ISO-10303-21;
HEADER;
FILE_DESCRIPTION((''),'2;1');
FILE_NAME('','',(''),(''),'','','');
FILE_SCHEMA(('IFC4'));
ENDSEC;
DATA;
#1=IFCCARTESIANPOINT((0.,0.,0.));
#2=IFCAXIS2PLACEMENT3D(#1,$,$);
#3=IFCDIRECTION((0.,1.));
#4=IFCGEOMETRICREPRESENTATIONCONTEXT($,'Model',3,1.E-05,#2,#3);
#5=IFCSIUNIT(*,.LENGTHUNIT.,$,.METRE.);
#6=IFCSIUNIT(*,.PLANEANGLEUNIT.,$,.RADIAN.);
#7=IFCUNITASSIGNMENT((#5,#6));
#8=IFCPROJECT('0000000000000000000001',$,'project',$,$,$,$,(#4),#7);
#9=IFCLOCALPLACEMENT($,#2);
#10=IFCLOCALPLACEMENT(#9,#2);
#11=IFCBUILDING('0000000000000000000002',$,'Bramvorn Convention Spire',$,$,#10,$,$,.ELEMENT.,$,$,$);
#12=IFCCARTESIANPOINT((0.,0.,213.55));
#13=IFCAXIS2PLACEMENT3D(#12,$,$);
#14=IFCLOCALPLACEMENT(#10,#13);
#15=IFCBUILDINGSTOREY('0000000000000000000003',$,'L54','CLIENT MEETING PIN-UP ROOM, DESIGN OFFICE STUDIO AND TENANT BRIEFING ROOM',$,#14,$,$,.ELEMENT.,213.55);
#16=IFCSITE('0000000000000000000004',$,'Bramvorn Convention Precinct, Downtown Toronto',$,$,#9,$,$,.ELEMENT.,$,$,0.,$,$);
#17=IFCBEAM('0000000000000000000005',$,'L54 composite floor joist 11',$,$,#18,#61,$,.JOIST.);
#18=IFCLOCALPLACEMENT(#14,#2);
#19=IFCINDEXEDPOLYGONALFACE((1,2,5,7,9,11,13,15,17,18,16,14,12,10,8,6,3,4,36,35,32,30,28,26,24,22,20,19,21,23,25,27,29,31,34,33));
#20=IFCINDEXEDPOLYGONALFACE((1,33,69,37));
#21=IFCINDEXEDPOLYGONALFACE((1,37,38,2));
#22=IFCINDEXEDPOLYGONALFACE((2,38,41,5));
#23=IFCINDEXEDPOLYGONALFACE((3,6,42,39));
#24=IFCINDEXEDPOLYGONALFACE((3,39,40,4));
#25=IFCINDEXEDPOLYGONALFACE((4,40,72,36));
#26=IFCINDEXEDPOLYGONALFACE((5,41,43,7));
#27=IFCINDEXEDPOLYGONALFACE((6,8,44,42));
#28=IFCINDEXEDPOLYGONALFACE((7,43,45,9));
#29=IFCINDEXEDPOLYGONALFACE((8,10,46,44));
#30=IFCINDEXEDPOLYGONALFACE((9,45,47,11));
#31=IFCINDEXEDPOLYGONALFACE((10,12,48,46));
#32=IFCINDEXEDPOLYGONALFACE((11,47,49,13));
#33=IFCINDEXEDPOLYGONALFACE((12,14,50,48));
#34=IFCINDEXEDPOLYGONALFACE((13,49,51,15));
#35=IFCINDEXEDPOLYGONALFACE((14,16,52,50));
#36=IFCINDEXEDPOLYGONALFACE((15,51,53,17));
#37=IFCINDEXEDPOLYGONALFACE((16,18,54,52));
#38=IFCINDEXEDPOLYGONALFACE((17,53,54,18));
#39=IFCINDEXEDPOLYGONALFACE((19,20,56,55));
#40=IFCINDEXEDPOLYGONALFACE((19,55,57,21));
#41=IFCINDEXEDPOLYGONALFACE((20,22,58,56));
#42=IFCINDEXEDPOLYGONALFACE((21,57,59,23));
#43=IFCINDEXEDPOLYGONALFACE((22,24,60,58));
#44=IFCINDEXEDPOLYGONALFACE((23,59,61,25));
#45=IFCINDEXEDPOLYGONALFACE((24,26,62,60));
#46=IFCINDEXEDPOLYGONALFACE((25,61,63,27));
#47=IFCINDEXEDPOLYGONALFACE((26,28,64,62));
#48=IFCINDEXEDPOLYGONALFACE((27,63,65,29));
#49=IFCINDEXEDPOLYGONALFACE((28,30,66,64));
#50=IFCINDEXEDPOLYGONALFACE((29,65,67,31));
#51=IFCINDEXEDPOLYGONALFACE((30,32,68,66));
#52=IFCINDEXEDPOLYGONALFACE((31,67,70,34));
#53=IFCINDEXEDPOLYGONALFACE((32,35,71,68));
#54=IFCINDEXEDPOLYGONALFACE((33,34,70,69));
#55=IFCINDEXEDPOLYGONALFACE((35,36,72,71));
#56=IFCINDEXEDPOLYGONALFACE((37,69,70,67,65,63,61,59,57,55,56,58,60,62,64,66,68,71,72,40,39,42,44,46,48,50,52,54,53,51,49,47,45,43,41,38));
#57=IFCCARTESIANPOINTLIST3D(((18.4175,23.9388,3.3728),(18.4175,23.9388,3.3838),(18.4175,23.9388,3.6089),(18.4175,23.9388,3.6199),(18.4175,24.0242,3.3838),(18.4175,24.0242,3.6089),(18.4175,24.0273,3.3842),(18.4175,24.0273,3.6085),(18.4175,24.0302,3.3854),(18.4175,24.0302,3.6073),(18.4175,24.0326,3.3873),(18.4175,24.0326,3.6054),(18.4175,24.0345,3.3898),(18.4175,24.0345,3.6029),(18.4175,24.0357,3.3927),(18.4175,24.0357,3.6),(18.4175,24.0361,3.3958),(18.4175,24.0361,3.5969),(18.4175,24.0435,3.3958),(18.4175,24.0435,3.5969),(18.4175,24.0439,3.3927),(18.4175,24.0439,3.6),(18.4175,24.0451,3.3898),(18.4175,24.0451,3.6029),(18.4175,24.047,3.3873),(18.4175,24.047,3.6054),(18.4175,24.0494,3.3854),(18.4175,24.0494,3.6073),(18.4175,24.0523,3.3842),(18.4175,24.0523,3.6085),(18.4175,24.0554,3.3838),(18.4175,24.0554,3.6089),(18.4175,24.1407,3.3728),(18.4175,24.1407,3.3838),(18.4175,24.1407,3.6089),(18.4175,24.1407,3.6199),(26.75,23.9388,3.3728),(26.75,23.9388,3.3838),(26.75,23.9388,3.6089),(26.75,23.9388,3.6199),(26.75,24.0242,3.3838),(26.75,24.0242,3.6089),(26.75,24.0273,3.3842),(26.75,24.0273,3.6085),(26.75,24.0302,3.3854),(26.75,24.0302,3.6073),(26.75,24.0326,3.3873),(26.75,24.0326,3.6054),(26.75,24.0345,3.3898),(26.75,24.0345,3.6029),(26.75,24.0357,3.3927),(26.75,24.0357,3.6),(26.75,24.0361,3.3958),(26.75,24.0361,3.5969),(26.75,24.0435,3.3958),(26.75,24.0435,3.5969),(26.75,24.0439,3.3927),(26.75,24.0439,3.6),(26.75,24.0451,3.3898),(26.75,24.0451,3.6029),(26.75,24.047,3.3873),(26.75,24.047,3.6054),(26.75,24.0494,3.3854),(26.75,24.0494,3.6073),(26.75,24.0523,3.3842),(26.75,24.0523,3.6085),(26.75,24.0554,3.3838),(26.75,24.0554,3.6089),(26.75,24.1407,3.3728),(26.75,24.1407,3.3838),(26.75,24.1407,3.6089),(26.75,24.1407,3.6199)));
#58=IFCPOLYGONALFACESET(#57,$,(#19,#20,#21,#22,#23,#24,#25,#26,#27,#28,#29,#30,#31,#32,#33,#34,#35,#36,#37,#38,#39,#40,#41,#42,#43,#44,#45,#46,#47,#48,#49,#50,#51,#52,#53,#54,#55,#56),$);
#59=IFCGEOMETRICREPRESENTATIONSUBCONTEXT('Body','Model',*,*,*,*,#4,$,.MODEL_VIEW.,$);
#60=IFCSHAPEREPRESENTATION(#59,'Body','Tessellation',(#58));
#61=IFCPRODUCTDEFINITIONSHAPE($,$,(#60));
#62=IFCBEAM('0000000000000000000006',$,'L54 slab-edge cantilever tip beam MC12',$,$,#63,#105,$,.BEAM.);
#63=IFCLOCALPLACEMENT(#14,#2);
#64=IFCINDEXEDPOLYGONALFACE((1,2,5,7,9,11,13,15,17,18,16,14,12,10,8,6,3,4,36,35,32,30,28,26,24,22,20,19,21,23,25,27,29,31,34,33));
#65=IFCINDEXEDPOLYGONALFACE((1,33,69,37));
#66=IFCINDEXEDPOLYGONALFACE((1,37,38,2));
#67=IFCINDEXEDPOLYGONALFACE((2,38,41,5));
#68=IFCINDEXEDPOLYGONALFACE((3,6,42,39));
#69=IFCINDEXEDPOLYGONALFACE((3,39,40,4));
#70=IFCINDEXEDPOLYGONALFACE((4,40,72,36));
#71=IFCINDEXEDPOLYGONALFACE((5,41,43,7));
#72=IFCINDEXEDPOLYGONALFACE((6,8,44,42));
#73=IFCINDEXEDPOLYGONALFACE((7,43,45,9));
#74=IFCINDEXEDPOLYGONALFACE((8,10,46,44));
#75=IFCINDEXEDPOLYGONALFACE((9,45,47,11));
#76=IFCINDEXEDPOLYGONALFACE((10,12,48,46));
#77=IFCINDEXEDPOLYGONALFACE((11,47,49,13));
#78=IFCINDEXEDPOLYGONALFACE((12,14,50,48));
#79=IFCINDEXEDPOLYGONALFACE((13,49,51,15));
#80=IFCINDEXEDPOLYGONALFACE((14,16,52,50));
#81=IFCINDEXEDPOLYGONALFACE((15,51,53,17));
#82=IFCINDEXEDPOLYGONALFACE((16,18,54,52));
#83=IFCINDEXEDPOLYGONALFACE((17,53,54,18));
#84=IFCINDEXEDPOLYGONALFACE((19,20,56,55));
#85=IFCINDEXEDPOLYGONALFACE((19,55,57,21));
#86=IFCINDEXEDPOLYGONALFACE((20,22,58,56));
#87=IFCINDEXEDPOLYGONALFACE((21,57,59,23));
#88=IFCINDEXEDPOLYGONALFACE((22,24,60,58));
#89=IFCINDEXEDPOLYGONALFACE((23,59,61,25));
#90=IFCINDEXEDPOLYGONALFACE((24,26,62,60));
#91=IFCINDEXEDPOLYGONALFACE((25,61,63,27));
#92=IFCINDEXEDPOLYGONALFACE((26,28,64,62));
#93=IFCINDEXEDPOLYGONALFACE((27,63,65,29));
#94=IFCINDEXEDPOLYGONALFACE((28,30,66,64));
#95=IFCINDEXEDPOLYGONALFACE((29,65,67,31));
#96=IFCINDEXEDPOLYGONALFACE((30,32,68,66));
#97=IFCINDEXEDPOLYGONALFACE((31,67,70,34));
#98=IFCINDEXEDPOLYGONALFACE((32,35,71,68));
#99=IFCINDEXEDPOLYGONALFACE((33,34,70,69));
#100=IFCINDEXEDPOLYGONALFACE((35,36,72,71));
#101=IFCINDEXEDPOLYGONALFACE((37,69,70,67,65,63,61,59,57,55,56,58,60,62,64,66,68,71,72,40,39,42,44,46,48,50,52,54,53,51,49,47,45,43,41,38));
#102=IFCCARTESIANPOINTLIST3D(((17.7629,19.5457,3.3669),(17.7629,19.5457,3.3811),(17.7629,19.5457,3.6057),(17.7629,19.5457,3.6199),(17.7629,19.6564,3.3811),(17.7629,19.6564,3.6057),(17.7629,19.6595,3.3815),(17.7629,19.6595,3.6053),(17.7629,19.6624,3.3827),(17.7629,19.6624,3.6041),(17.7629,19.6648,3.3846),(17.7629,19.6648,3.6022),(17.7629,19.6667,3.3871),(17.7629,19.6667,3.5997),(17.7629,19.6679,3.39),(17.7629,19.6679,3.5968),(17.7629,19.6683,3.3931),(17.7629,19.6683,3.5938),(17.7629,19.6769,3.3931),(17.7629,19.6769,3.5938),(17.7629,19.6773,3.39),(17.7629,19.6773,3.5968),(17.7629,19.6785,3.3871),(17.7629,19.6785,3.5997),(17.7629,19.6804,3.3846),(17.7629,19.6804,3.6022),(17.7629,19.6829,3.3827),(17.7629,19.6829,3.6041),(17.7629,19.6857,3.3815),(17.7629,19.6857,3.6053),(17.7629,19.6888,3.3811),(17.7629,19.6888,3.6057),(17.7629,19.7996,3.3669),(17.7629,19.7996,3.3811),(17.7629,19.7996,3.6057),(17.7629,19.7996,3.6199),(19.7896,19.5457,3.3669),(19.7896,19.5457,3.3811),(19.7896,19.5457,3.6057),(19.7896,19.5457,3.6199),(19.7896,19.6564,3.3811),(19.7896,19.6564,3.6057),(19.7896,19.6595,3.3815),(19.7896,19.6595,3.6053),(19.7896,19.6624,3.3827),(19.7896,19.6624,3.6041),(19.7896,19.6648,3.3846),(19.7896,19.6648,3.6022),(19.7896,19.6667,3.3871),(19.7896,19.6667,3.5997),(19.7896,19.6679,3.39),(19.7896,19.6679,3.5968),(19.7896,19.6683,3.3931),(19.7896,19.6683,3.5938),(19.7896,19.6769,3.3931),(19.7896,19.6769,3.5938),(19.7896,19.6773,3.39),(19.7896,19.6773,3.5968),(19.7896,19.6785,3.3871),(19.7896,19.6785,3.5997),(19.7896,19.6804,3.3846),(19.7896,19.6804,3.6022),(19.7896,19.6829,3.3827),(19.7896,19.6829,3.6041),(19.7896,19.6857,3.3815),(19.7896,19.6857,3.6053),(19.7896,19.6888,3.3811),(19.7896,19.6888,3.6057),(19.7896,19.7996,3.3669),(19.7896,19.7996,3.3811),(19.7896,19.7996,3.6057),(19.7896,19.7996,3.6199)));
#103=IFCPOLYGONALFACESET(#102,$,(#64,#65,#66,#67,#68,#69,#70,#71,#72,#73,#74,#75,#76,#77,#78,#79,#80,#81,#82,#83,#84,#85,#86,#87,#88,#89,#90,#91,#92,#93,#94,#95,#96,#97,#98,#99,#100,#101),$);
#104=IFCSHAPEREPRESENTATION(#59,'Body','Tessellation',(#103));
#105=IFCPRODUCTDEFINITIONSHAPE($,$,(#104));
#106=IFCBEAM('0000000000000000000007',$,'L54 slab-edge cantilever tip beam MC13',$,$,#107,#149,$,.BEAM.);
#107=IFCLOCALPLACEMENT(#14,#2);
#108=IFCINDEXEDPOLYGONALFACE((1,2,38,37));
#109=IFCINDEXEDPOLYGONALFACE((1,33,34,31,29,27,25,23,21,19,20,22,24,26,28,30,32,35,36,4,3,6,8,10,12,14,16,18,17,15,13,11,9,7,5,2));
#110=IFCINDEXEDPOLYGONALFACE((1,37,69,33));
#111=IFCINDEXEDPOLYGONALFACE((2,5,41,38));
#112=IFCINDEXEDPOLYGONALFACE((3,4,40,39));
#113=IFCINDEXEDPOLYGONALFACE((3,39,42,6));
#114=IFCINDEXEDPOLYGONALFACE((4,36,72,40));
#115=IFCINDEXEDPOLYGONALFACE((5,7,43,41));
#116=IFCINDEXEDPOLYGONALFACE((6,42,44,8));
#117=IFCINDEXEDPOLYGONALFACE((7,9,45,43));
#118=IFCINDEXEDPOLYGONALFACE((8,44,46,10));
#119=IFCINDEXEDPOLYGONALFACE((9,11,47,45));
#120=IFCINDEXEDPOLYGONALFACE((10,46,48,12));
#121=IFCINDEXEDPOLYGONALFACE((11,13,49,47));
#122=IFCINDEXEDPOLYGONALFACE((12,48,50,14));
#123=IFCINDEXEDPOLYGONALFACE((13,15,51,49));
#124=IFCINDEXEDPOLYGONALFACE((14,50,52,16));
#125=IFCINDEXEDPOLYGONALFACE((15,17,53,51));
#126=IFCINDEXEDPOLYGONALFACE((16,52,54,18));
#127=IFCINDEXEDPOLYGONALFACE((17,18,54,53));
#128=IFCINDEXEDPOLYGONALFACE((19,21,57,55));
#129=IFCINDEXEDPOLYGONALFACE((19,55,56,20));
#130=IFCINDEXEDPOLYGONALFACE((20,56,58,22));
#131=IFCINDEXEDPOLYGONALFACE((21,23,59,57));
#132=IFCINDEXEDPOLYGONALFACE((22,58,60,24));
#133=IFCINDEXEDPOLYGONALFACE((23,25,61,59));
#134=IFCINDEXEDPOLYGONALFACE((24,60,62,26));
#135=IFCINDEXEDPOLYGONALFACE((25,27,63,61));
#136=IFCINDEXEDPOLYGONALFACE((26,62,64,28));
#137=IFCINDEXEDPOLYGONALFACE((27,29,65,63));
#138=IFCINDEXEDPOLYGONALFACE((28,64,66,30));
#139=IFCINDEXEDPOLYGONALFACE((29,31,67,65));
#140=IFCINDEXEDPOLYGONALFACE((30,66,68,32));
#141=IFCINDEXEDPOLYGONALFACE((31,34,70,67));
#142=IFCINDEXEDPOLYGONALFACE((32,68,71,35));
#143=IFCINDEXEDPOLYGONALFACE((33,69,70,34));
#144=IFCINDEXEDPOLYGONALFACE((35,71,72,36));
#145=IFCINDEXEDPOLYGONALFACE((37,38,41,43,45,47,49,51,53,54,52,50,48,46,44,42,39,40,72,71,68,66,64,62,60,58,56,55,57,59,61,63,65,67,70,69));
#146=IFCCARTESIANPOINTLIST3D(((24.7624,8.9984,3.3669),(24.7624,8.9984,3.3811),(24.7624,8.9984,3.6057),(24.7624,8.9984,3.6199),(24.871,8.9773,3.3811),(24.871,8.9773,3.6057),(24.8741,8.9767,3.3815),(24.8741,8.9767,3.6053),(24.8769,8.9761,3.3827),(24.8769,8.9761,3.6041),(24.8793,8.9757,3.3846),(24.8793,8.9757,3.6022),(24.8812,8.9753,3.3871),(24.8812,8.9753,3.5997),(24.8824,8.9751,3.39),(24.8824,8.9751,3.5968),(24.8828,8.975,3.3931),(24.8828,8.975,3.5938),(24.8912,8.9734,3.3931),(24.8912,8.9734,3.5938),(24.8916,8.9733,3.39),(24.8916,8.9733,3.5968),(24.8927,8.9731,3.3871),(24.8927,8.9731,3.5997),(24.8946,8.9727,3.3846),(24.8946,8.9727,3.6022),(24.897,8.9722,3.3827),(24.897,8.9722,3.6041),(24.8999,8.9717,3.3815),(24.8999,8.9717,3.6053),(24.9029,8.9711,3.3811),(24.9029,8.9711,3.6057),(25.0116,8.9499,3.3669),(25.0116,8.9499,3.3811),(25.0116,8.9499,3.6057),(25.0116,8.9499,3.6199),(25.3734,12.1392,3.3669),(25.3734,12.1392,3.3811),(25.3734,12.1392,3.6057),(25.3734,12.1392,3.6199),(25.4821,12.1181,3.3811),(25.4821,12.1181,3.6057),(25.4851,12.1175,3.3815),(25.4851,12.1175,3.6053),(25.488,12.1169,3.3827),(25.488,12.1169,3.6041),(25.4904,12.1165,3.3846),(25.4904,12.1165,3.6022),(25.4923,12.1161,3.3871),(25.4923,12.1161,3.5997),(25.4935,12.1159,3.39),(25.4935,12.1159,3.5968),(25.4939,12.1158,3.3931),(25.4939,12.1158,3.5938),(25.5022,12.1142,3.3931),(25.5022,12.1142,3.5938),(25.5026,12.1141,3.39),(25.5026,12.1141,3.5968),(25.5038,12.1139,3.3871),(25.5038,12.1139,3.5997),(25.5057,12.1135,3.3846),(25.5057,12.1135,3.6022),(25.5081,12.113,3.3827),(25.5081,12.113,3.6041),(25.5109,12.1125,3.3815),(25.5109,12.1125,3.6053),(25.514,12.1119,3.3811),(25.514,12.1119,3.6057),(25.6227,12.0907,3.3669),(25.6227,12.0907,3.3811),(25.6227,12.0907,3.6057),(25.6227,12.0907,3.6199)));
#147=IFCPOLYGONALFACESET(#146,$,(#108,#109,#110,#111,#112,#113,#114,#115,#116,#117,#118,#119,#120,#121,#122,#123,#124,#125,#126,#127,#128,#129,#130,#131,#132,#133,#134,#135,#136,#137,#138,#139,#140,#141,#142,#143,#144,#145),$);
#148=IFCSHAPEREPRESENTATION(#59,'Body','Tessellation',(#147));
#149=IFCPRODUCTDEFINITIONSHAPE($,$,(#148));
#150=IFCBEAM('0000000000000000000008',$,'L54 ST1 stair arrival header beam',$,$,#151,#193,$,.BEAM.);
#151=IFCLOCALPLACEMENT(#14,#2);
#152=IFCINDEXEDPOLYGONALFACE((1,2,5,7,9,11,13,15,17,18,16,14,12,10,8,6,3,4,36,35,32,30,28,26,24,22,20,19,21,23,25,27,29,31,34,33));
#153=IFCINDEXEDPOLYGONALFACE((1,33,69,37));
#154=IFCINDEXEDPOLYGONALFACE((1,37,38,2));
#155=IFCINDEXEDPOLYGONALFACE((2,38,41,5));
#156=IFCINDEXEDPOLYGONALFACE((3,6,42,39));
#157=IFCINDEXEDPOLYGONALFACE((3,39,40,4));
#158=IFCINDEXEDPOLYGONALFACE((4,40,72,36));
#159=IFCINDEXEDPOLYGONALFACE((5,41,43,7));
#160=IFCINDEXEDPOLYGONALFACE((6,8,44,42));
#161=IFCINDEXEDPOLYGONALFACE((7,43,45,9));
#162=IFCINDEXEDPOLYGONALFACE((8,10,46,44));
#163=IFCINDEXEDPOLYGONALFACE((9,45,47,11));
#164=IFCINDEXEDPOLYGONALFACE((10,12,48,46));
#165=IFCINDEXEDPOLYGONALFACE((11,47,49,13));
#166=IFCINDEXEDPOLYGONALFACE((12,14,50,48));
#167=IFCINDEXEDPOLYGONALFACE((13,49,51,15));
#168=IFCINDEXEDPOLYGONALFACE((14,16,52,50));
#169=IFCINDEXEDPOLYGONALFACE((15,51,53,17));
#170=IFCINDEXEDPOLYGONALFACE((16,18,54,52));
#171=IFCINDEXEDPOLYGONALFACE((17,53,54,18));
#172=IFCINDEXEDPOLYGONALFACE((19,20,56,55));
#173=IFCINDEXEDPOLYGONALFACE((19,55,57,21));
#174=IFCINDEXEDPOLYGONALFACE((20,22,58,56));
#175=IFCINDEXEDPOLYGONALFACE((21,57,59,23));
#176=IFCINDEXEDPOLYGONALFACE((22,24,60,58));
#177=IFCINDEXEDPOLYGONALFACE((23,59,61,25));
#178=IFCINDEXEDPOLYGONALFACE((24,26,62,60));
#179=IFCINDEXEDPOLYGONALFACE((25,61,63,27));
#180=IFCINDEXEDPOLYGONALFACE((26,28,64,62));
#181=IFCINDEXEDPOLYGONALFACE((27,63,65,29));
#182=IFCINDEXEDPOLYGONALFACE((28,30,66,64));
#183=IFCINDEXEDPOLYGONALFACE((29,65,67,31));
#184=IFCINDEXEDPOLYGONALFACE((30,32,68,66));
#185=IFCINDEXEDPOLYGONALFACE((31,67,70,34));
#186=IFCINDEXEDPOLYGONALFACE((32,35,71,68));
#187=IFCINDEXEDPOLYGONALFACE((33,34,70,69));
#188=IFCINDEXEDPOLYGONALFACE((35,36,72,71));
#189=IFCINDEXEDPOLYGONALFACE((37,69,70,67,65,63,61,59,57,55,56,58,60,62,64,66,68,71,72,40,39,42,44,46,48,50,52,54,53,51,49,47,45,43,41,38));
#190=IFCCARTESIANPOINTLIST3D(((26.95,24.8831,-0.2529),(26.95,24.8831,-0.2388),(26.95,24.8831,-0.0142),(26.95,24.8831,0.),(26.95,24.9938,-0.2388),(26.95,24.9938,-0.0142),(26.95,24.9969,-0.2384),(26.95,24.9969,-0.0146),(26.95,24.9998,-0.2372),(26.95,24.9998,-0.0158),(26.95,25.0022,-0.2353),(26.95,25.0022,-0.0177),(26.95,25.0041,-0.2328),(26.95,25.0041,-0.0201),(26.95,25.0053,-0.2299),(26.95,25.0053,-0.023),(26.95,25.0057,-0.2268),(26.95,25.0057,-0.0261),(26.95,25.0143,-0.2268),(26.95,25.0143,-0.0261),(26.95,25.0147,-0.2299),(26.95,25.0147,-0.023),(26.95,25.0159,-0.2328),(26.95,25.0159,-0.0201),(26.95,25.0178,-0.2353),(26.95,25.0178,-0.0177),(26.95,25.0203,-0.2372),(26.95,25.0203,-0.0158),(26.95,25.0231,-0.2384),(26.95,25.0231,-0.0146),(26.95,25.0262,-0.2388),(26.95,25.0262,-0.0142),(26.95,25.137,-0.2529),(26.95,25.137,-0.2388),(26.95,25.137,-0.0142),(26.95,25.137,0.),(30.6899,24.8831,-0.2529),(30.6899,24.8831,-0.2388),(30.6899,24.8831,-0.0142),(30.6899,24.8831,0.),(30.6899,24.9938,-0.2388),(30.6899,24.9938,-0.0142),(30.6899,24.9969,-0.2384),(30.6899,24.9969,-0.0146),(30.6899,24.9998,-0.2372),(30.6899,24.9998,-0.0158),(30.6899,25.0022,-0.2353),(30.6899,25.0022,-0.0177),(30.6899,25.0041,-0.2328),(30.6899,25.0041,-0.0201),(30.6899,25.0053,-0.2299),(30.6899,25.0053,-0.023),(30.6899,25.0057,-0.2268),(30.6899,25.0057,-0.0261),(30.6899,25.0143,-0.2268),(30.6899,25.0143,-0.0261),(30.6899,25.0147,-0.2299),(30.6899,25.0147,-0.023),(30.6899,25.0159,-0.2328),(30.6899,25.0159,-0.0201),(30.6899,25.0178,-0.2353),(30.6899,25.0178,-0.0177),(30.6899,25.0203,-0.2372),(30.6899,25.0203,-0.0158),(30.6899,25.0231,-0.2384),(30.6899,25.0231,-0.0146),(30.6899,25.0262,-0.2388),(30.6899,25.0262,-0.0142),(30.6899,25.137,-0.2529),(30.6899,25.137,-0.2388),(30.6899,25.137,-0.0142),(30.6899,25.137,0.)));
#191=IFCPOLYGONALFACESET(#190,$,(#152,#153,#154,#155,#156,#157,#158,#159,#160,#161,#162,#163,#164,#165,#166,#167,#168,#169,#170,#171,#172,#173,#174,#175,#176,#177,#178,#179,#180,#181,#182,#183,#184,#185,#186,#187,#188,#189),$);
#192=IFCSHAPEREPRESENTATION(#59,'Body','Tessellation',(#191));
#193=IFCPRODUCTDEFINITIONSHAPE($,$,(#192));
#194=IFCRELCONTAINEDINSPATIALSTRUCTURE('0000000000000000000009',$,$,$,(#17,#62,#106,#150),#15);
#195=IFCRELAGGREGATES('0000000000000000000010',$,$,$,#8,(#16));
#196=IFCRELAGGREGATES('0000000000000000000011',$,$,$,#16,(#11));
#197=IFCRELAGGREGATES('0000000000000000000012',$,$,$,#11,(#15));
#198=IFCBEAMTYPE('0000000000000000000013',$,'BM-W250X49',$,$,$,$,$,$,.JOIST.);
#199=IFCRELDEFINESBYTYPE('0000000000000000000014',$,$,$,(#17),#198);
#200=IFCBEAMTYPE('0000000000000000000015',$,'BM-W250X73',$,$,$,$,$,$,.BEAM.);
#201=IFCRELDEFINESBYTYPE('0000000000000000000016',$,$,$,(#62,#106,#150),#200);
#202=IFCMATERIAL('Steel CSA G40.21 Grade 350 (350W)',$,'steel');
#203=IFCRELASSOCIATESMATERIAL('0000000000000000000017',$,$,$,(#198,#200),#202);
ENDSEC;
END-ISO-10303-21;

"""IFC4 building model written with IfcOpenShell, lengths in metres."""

from ifc_helpers import new_model, si_unit, direction, frame, origin, origin_2d, place, context, subcontext, project, spatial, i_section, extrude, material, material_profile, profile_set, type_object, element, save


model = new_model("IFC4")

# Units and contexts
model_context = context("Model", 3, precision=1e-05, world=origin(), true_north=direction((0.0, 1.0)))
body_context = subcontext(model_context, "Body", "Model", "MODEL_VIEW")
ifc_project = project(units=[si_unit("LENGTHUNIT", "METRE"), si_unit("PLANEANGLEUNIT", "RADIAN")], contexts=[model_context])

# Site, building, storey
site_placement = place(None, origin())
site = spatial("IfcSite", under=ifc_project, at=site_placement, Name="Bramvorn Convention Precinct, Downtown Toronto", CompositionType="ELEMENT", RefElevation=0.0)
building_placement = place(site_placement, origin())
building = spatial("IfcBuilding", under=site, at=building_placement, Name="Bramvorn Convention Spire", CompositionType="ELEMENT")
storey_placement = place(building_placement, frame((0.0, 0.0, 213.55)))
storey = spatial("IfcBuildingStorey", under=building, at=storey_placement, Name="L54", Description="CLIENT MEETING PIN-UP ROOM, DESIGN OFFICE STUDIO AND TENANT BRIEFING ROOM", CompositionType="ELEMENT", Elevation=213.55)

# Shared definitions
ifc_material_1 = material(Name="Steel CSA G40.21 Grade 350 (350W)", Category="steel")

# Beams
ifc_material_profile_1 = material_profile(ifc_material_1, i_section(OverallWidth=0.2019, OverallDepth=0.2471, WebThickness=0.0073, FlangeThickness=0.011, FilletRadius=0.012, at=origin_2d()))
ifc_profile_set_1 = profile_set([ifc_material_profile_1], Name="Steel CSA G40.21 Grade 350 (350W) - W250X49")
beam_type_1 = type_object("IfcBeamType", Name="BM-W250X49", PredefinedType="JOIST", material=ifc_profile_set_1)
beam_1_placement = place(storey_placement, frame((26.75, 24.0398, 3.4963), z_axis=(-1.0, 0.0, 0.0), x_axis=(0.0, -1.0, 0.0)))
element("IfcBeam", 1, at=beam_1_placement, inside=storey, type_object=beam_type_1, Name="L54 composite floor joist 11", PredefinedType="JOIST", context=body_context, shape_type="SweptSolid", body=[
    extrude(i_section(OverallWidth=0.2019, OverallDepth=0.2471, WebThickness=0.0073, FlangeThickness=0.011, FilletRadius=0.012, at=origin_2d()), origin(), (0.0, 0.0, 1.0), 8.3325),
])
ifc_material_profile_2 = material_profile(ifc_material_1, i_section(OverallWidth=0.2539, OverallDepth=0.2529, WebThickness=0.0085, FlangeThickness=0.0142, FilletRadius=0.012, at=origin_2d()))
ifc_profile_set_2 = profile_set([ifc_material_profile_2], Name="Steel CSA G40.21 Grade 350 (350W) - W250X73")
beam_type_2 = type_object("IfcBeamType", Name="BM-W250X73", PredefinedType="BEAM", material=ifc_profile_set_2)
beam_2_placement = place(storey_placement, frame((19.7896, 19.6726, 3.4934), z_axis=(-1.0, 0.0, 0.0), x_axis=(0.0, -1.0, 0.0)))
element("IfcBeam", 2, at=beam_2_placement, inside=storey, type_object=beam_type_2, Name="L54 slab-edge cantilever tip beam MC12", PredefinedType="BEAM", context=body_context, shape_type="SweptSolid", body=[
    extrude(i_section(OverallWidth=0.2539, OverallDepth=0.2529, WebThickness=0.0085, FlangeThickness=0.0142, FilletRadius=0.012, at=origin_2d()), origin(), (0.0, 0.0, 1.0), 2.0266),
])
beam_3_placement = place(storey_placement, frame((25.498, 12.115, 3.4934), z_axis=(-0.190978, -0.981594, 0.0), x_axis=(0.981594, -0.190978, 0.0)))
element("IfcBeam", 3, at=beam_3_placement, inside=storey, type_object=beam_type_2, Name="L54 slab-edge cantilever tip beam MC13", PredefinedType="BEAM", context=body_context, shape_type="SweptSolid", body=[
    extrude(i_section(OverallWidth=0.2539, OverallDepth=0.2529, WebThickness=0.0085, FlangeThickness=0.0142, FilletRadius=0.012, at=origin_2d()), origin(), (0.0, 0.0, 1.0), 3.1997),
])
beam_4_placement = place(storey_placement, frame((26.95, 25.01, -0.1265), z_axis=(1.0, 0.0, 0.0), x_axis=(0.0, 1.0, 0.0)))
element("IfcBeam", 4, at=beam_4_placement, inside=storey, type_object=beam_type_2, Name="L54 ST1 stair arrival header beam", PredefinedType="BEAM", context=body_context, shape_type="SweptSolid", body=[
    extrude(i_section(OverallWidth=0.2539, OverallDepth=0.2529, WebThickness=0.0085, FlangeThickness=0.0142, FilletRadius=0.012, at=origin_2d()), origin(), (0.0, 0.0, 1.0), 3.74),
])

save(model, "model.ifc")
